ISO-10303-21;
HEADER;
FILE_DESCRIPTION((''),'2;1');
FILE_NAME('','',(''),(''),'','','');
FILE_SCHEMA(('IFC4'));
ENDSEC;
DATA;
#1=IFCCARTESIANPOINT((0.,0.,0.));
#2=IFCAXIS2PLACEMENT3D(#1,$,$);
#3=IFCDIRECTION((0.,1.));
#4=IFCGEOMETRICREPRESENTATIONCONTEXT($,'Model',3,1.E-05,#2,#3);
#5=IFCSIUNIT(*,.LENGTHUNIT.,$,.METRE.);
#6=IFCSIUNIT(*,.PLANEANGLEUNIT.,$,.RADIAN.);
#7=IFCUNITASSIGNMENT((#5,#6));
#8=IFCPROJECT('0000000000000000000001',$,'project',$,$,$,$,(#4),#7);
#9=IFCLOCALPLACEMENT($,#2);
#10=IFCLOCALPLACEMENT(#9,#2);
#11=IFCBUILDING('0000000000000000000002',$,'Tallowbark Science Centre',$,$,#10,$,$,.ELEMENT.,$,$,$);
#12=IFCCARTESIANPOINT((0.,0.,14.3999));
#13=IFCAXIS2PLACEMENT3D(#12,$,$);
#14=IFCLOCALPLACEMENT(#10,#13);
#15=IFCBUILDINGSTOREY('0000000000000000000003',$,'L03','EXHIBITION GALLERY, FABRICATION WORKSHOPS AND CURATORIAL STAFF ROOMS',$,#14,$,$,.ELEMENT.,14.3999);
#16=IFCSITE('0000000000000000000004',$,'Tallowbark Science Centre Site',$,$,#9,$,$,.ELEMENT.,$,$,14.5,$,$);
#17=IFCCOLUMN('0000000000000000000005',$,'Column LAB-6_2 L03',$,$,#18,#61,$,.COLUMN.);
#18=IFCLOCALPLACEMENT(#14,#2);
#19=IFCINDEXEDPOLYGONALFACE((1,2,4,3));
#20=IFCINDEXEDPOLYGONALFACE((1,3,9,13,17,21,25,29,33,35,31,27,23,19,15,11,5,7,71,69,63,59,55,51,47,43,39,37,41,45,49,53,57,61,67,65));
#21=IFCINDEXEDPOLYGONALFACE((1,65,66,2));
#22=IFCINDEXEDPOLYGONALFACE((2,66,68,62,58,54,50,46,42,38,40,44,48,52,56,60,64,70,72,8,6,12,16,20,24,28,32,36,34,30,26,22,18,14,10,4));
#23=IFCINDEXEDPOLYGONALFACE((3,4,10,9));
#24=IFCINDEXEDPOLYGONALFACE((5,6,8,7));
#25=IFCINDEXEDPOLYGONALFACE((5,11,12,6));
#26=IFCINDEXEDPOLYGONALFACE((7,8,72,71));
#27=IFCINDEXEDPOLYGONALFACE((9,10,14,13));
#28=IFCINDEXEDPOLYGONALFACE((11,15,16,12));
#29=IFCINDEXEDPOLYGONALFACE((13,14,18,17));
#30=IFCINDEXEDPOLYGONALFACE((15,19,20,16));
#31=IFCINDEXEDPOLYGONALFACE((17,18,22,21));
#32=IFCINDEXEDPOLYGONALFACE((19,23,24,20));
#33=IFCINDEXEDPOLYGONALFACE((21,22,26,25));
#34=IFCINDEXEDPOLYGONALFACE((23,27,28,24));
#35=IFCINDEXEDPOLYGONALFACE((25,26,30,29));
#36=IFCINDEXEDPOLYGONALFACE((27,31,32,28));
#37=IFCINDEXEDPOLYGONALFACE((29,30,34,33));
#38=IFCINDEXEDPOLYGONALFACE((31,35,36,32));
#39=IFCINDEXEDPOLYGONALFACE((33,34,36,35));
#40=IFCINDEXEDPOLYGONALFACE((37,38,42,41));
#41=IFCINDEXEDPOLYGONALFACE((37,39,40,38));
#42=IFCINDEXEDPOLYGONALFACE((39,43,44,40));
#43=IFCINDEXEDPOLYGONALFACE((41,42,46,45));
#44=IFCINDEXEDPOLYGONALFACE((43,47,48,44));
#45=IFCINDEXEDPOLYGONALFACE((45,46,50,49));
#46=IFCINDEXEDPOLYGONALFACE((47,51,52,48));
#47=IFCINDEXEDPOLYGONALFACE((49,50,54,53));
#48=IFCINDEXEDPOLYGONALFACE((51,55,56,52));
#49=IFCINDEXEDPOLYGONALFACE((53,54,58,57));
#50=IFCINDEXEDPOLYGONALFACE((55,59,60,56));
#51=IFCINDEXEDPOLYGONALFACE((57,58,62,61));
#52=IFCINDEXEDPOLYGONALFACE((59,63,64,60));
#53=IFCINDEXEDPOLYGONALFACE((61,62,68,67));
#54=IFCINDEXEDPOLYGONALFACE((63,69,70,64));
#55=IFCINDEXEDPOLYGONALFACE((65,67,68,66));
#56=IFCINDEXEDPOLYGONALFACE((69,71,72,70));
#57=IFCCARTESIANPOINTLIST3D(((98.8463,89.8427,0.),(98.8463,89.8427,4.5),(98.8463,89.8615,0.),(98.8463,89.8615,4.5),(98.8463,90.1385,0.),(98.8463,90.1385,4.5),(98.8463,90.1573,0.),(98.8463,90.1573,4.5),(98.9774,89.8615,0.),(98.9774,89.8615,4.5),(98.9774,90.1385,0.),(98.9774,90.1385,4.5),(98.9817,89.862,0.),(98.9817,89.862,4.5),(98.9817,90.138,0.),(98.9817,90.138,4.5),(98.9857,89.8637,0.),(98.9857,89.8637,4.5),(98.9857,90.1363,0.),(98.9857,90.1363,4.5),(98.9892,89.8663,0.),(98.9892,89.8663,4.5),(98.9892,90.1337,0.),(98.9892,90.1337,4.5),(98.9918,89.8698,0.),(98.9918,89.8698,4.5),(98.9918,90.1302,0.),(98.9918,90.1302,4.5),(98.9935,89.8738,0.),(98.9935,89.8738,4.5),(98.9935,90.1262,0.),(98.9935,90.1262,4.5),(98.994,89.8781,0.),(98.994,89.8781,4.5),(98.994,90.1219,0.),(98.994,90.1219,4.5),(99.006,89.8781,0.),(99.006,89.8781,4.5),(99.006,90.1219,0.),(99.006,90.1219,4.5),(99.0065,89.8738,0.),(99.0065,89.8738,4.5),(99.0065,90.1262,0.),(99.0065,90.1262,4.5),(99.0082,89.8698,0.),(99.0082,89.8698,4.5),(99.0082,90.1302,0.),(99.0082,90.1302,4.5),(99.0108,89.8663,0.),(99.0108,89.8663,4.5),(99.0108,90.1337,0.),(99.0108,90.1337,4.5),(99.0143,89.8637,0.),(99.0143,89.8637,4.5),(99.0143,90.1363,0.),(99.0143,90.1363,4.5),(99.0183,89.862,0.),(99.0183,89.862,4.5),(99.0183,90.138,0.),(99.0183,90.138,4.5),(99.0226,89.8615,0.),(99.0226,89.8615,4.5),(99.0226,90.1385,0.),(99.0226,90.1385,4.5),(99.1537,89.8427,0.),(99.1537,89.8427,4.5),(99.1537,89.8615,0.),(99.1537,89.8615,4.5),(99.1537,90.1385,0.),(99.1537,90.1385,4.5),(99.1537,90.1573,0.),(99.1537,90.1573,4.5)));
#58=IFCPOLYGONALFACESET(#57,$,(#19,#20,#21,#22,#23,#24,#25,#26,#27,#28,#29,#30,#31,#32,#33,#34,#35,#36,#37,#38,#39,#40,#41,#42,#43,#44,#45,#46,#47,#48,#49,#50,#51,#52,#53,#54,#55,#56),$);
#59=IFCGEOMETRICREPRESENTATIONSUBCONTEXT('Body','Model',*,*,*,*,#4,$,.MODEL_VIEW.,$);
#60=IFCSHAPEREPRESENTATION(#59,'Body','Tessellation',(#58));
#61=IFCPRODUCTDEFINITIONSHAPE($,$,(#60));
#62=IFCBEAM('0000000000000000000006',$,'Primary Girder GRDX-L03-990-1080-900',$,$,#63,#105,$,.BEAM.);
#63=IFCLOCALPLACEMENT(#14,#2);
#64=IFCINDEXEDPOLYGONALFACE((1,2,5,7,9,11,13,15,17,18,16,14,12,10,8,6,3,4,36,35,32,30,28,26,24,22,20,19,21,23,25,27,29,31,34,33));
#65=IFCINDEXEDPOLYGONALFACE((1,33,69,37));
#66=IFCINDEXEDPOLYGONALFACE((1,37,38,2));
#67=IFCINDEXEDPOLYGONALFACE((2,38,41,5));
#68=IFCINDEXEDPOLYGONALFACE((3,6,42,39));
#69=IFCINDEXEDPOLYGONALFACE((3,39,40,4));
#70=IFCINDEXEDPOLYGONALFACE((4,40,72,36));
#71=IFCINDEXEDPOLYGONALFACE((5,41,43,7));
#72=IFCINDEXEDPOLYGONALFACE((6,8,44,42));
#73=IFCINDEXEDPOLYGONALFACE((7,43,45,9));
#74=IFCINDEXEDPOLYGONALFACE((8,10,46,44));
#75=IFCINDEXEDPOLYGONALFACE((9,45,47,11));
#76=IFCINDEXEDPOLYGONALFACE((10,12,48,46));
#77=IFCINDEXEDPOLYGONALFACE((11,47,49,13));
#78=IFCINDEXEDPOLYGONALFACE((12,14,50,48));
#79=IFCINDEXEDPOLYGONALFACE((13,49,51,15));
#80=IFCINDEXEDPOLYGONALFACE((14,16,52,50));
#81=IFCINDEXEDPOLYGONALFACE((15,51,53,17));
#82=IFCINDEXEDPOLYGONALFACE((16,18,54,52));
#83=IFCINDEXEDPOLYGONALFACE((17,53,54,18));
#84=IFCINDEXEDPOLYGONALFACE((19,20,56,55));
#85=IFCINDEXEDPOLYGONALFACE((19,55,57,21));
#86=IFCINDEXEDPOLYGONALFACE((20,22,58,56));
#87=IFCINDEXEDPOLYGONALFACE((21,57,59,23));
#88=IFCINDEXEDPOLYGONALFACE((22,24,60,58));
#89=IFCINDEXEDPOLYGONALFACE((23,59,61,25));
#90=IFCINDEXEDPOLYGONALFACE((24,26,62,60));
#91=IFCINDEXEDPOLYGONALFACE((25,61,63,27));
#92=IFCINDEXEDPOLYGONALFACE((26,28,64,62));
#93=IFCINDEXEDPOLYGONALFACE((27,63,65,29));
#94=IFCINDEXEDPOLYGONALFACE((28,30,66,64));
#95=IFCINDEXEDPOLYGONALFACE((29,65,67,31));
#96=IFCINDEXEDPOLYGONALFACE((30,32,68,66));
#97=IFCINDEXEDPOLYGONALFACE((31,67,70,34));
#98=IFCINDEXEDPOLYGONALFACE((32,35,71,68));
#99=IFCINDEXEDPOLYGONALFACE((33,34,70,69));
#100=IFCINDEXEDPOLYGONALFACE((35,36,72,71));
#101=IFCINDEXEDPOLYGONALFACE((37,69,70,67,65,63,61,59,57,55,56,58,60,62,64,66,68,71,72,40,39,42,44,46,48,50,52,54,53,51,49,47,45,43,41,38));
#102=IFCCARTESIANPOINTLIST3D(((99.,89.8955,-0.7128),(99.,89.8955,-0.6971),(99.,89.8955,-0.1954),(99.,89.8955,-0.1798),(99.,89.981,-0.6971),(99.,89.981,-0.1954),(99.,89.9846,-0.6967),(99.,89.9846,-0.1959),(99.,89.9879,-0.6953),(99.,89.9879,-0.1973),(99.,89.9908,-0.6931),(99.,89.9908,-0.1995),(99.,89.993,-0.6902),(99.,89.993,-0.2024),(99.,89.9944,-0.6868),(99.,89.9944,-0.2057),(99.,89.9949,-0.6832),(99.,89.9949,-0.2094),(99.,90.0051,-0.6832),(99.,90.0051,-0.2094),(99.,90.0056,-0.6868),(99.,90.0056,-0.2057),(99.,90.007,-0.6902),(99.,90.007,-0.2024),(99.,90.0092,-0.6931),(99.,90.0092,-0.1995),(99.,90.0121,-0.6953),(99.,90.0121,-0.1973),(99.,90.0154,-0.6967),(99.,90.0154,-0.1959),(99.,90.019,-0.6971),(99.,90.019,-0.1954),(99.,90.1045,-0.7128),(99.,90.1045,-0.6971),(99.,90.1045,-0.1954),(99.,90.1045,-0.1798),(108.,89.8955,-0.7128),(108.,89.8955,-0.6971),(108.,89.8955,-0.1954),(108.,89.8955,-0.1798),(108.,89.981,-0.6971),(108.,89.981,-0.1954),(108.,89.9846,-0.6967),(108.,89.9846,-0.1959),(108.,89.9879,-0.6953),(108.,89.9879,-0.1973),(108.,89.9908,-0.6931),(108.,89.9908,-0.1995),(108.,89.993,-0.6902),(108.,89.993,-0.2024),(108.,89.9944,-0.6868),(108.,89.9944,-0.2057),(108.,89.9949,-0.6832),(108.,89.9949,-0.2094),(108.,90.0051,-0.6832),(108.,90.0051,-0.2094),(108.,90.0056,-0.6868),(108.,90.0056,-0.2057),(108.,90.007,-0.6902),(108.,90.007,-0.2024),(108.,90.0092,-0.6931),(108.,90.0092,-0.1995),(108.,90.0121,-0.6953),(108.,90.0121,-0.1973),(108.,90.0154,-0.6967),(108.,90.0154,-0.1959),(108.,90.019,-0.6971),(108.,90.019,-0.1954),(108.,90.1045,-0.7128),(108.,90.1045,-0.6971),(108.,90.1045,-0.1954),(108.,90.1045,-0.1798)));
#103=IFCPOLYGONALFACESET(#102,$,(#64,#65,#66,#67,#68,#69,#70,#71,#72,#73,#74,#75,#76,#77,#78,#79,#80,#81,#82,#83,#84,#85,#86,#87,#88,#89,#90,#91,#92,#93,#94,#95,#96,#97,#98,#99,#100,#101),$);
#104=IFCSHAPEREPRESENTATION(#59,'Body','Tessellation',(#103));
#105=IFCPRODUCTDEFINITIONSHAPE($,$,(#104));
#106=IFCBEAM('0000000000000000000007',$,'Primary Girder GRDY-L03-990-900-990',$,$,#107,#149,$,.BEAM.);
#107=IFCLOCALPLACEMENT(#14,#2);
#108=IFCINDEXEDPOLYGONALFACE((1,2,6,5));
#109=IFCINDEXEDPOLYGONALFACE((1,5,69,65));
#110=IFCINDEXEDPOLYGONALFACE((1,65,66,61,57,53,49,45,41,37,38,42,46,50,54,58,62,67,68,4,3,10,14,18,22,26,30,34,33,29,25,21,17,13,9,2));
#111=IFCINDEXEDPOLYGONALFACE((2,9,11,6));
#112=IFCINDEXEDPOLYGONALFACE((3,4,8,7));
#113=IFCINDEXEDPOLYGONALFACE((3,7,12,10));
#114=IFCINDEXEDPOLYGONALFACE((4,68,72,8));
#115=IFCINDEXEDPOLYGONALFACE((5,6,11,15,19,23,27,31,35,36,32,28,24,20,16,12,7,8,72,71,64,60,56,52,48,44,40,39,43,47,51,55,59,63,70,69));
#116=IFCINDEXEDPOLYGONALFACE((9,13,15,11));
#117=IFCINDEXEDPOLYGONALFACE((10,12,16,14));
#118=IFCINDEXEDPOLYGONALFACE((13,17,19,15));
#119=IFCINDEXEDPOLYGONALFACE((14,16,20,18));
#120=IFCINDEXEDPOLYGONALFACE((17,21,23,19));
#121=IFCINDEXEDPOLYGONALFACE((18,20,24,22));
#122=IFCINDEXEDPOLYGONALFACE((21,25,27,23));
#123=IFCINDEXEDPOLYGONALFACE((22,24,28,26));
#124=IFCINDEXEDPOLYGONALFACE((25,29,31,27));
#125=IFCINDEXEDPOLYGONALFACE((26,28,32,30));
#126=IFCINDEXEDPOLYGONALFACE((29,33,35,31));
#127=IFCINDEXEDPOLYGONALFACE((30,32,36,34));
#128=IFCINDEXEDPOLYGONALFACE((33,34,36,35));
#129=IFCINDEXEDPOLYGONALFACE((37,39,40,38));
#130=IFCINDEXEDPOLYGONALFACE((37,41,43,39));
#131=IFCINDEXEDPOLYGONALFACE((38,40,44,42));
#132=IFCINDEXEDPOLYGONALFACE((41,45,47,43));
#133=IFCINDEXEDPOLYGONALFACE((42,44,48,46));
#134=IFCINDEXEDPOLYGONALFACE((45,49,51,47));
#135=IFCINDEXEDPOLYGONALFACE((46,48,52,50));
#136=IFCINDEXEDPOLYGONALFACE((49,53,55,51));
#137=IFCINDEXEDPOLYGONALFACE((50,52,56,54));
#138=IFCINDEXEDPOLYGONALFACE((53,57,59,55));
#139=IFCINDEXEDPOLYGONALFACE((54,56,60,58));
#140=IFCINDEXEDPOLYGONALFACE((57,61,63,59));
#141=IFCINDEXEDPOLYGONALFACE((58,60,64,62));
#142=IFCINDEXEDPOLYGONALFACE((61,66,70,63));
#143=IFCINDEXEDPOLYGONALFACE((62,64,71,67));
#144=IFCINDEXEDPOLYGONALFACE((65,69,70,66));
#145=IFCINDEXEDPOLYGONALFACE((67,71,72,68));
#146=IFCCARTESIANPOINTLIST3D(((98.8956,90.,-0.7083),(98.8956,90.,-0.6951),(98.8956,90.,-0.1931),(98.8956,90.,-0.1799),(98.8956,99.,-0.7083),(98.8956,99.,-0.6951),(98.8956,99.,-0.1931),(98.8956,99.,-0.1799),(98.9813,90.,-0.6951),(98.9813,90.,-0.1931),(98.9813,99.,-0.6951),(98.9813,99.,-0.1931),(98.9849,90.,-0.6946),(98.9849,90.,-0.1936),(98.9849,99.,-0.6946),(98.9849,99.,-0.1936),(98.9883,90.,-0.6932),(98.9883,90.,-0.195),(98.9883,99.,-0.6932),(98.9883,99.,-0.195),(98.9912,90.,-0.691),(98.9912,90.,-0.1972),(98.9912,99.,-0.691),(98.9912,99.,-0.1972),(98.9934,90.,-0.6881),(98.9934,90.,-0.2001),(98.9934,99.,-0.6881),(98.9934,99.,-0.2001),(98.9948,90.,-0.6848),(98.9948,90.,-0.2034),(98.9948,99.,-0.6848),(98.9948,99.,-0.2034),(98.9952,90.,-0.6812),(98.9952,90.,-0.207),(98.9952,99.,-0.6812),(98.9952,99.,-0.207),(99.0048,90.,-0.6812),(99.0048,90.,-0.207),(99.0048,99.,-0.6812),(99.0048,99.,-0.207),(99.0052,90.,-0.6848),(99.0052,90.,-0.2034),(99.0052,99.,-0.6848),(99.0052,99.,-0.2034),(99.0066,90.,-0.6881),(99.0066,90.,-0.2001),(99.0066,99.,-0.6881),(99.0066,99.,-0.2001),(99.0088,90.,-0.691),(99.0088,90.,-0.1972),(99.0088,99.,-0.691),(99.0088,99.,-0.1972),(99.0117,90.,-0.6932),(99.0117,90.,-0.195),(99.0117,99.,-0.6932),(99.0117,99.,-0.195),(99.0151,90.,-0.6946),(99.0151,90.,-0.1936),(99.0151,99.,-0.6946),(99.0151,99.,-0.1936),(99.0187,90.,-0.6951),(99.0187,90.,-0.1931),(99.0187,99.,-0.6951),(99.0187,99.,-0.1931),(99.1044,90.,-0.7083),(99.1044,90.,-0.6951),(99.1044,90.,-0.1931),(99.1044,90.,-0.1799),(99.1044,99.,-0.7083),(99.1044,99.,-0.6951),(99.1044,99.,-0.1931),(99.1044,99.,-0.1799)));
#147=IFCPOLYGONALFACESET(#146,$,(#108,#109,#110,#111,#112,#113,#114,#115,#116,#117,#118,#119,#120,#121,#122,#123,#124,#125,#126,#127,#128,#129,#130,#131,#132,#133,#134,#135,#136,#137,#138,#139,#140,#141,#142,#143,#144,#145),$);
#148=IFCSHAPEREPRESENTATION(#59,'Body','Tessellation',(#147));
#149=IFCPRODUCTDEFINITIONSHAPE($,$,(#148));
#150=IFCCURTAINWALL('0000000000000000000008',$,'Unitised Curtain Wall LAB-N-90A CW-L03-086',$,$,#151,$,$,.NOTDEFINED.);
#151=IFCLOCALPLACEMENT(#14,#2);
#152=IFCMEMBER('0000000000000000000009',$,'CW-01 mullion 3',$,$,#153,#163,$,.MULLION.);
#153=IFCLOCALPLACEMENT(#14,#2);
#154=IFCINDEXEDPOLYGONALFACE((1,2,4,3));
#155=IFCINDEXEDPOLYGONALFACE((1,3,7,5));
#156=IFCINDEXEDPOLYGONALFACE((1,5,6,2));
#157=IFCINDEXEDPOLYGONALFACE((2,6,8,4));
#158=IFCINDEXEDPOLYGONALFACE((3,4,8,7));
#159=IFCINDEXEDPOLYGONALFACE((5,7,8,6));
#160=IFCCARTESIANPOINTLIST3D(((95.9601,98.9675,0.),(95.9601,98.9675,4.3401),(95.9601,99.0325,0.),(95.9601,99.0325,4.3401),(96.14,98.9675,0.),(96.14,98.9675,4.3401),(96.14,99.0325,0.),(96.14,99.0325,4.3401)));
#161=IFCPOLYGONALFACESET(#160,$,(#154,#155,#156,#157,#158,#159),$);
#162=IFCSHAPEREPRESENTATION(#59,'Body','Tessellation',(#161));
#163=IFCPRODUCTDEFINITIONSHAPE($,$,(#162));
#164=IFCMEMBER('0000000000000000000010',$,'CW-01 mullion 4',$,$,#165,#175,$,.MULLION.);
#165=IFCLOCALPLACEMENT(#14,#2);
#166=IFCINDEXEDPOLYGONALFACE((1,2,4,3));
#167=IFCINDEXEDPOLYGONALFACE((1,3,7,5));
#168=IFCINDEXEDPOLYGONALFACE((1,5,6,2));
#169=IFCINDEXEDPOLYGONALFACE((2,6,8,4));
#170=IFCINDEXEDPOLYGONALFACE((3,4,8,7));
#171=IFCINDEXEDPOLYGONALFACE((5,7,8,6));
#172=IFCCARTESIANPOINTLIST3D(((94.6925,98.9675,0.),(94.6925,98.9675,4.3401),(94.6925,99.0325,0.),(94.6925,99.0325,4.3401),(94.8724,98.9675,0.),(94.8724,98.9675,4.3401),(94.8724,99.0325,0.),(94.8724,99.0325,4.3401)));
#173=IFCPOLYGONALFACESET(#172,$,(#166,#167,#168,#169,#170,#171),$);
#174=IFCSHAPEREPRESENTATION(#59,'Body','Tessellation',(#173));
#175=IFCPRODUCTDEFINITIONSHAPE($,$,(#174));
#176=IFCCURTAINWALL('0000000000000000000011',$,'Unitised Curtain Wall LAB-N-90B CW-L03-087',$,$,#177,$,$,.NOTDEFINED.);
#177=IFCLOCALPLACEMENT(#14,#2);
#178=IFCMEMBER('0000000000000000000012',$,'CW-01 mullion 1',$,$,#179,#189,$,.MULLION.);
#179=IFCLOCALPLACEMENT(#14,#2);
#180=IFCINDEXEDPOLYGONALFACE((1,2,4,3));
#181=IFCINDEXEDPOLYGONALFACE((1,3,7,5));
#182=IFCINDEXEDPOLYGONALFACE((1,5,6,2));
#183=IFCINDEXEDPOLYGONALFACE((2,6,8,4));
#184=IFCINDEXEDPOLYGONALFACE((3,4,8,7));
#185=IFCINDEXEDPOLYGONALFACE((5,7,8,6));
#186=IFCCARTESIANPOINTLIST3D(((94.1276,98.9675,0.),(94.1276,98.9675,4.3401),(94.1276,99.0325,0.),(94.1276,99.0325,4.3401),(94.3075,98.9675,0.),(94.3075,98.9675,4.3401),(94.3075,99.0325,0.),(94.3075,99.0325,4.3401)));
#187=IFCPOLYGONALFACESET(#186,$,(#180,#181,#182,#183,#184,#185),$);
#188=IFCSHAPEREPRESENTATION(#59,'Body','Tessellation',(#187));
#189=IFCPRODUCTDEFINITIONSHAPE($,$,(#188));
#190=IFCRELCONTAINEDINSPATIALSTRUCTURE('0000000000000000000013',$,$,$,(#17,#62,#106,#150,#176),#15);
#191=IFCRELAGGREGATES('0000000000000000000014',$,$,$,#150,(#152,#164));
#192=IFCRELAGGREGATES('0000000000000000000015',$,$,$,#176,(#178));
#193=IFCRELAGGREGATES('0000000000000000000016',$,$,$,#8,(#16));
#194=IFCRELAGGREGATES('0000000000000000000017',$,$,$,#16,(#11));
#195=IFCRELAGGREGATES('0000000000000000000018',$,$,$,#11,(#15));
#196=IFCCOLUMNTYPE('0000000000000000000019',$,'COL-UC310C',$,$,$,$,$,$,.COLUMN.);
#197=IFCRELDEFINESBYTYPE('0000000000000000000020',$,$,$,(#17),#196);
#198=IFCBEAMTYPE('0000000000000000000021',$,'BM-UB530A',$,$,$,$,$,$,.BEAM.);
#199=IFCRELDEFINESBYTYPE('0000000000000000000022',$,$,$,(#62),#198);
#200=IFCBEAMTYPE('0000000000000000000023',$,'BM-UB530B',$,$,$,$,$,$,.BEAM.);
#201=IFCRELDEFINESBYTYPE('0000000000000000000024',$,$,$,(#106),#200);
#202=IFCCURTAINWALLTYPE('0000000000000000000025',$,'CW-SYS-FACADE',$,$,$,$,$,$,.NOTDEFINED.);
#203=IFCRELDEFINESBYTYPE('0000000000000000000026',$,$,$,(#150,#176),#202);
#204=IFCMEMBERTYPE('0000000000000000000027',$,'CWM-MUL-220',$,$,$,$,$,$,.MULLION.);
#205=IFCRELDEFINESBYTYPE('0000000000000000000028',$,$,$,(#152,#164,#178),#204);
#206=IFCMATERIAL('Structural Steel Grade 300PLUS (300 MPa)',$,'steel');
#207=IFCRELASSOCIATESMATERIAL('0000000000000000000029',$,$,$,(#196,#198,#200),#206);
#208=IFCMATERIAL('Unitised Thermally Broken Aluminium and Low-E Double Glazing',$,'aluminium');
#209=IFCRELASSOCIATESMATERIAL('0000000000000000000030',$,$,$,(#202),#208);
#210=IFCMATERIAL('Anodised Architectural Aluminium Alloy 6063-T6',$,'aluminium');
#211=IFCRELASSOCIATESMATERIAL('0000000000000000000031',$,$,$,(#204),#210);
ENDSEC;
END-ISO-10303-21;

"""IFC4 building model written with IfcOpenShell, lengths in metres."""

from ifc_helpers import new_model, si_unit, direction, frame, origin, origin_2d, place, context, subcontext, project, spatial, rectangle, i_section, extrude, material, material_profile, profile_set, type_object, element, aggregate, save


model = new_model("IFC4")

# Units and contexts
model_context = context("Model", 3, precision=1e-05, world=origin(), true_north=direction((0.0, 1.0)))
body_context = subcontext(model_context, "Body", "Model", "MODEL_VIEW")
ifc_project = project(units=[si_unit("LENGTHUNIT", "METRE"), si_unit("PLANEANGLEUNIT", "RADIAN")], contexts=[model_context])

# Site, building, storey
site_placement = place(None, origin())
site = spatial("IfcSite", under=ifc_project, at=site_placement, Name="Tallowbark Science Centre Site", CompositionType="ELEMENT", RefElevation=14.5)
building_placement = place(site_placement, origin())
building = spatial("IfcBuilding", under=site, at=building_placement, Name="Tallowbark Science Centre", CompositionType="ELEMENT")
storey_placement = place(building_placement, frame((0.0, 0.0, 14.3999)))
storey = spatial("IfcBuildingStorey", under=building, at=storey_placement, Name="L03", Description="EXHIBITION GALLERY, FABRICATION WORKSHOPS AND CURATORIAL STAFF ROOMS", CompositionType="ELEMENT", Elevation=14.3999)

# Column
ifc_material_1 = material(Name="Structural Steel Grade 300PLUS (300 MPa)", Category="steel")
ifc_material_profile_1 = material_profile(ifc_material_1, i_section(OverallWidth=0.3074, OverallDepth=0.3147, WebThickness=0.012, FlangeThickness=0.0188, FilletRadius=0.0166, at=origin_2d()), Name="310UC118")
ifc_profile_set_1 = profile_set([ifc_material_profile_1], Name="Structural Steel Grade 300PLUS (300 MPa)")
column_type = type_object("IfcColumnType", Name="COL-UC310C", PredefinedType="COLUMN", material=ifc_profile_set_1)
column_placement = place(storey_placement, frame((99.0, 90.0, 0.0), z_axis=(0.0, 0.0, 1.0), x_axis=(1.0, 0.0, 0.0)))
element("IfcColumn", 1, at=column_placement, inside=storey, type_object=column_type, Name="Column LAB-6_2 L03", PredefinedType="COLUMN", context=body_context, shape_type="SweptSolid", body=[
    extrude(i_section(OverallWidth=0.3074, OverallDepth=0.3147, WebThickness=0.012, FlangeThickness=0.0188, FilletRadius=0.0166, at=origin_2d()), origin(), (0.0, 0.0, 1.0), 4.5),
])

# Beams
ifc_material_profile_2 = material_profile(ifc_material_1, i_section(OverallWidth=0.209, OverallDepth=0.533, WebThickness=0.0103, FlangeThickness=0.0156, FilletRadius=0.0139, at=origin_2d()), Name="530UB92.4")
ifc_profile_set_2 = profile_set([ifc_material_profile_2], Name="Structural Steel Grade 300PLUS (300 MPa)")
beam_type_1 = type_object("IfcBeamType", Name="BM-UB530A", PredefinedType="BEAM", material=ifc_profile_set_2)
beam_1_placement = place(storey_placement, frame((99.0, 90.0, -0.4463), z_axis=(1.0, 0.0, 0.0), x_axis=(0.0, 1.0, 0.0)))
element("IfcBeam", 2, at=beam_1_placement, inside=storey, type_object=beam_type_1, Name="Primary Girder GRDX-L03-990-1080-900", PredefinedType="BEAM", context=body_context, shape_type="SweptSolid", body=[
    extrude(i_section(OverallWidth=0.209, OverallDepth=0.533, WebThickness=0.0103, FlangeThickness=0.0156, FilletRadius=0.0139, at=origin_2d()), origin(), (0.0, 0.0, 1.0), 9.0),
])
ifc_material_profile_3 = material_profile(ifc_material_1, i_section(OverallWidth=0.2087, OverallDepth=0.5283, WebThickness=0.0095, FlangeThickness=0.0132, FilletRadius=0.0139, at=origin_2d()), Name="530UB82.0")
ifc_profile_set_3 = profile_set([ifc_material_profile_3], Name="Structural Steel Grade 300PLUS (300 MPa)")
beam_type_2 = type_object("IfcBeamType", Name="BM-UB530B", PredefinedType="BEAM", material=ifc_profile_set_3)
beam_2_placement = place(storey_placement, frame((99.0, 90.0, -0.4441), z_axis=(0.0, 1.0, 0.0), x_axis=(-1.0, 0.0, 0.0)))
element("IfcBeam", 3, at=beam_2_placement, inside=storey, type_object=beam_type_2, Name="Primary Girder GRDY-L03-990-900-990", PredefinedType="BEAM", context=body_context, shape_type="SweptSolid", body=[
    extrude(i_section(OverallWidth=0.2087, OverallDepth=0.5283, WebThickness=0.0095, FlangeThickness=0.0132, FilletRadius=0.0139, at=origin_2d()), origin(), (0.0, 0.0, 1.0), 9.0),
])

# Curtain wall, members
ifc_material_2 = material(Name="Unitised Thermally Broken Aluminium and Low-E Double Glazing", Category="aluminium")
curtain_wall_type = type_object("IfcCurtainWallType", Name="CW-SYS-FACADE", PredefinedType="NOTDEFINED", material=ifc_material_2)
curtain_wall_1_placement = place(storey_placement, origin())
curtain_wall_1 = element("IfcCurtainWall", 4, at=curtain_wall_1_placement, inside=storey, type_object=curtain_wall_type, Name="Unitised Curtain Wall LAB-N-90A CW-L03-086", PredefinedType="NOTDEFINED")
ifc_material_3 = material(Name="Anodised Architectural Aluminium Alloy 6063-T6", Category="aluminium")
ifc_material_profile_4 = material_profile(ifc_material_3, rectangle(XDim=0.0649, YDim=0.1799, at=origin_2d()), Name="ALU65x180")
ifc_profile_set_4 = profile_set([ifc_material_profile_4], Name="Anodised Architectural Aluminium Alloy 6063-T6")
member_type_1 = type_object("IfcMemberType", Name="CWM-MUL-220", PredefinedType="MULLION", material=ifc_profile_set_4)
member_1_placement = place(storey_placement, frame((96.05, 99.0, 0.0), z_axis=(0.0, 0.0, 1.0), x_axis=(0.0, -1.0, 0.0)))
member_1 = element("IfcMember", 5, at=member_1_placement, type_object=member_type_1, Name="CW-01 mullion 3", PredefinedType="MULLION", context=body_context, shape_type="SweptSolid", body=[
    extrude(rectangle(XDim=0.0649, YDim=0.1799, at=origin_2d()), origin(), (0.0, 0.0, 1.0), 4.3401),
])
member_2_placement = place(storey_placement, frame((94.7825, 99.0, 0.0), z_axis=(0.0, 0.0, 1.0), x_axis=(0.0, -1.0, 0.0)))
member_2 = element("IfcMember", 6, at=member_2_placement, type_object=member_type_1, Name="CW-01 mullion 4", PredefinedType="MULLION", context=body_context, shape_type="SweptSolid", body=[
    extrude(rectangle(XDim=0.0649, YDim=0.1799, at=origin_2d()), origin(), (0.0, 0.0, 1.0), 4.3401),
])

# Curtain wall, member
curtain_wall_2_placement = place(storey_placement, origin())
curtain_wall_2 = element("IfcCurtainWall", 7, at=curtain_wall_2_placement, inside=storey, type_object=curtain_wall_type, Name="Unitised Curtain Wall LAB-N-90B CW-L03-087", PredefinedType="NOTDEFINED")
member_3_placement = place(storey_placement, frame((94.2175, 99.0, 0.0), z_axis=(0.0, 0.0, 1.0), x_axis=(0.0, -1.0, 0.0)))
member_3 = element("IfcMember", 8, at=member_3_placement, type_object=member_type_1, Name="CW-01 mullion 1", PredefinedType="MULLION", context=body_context, shape_type="SweptSolid", body=[
    extrude(rectangle(XDim=0.0649, YDim=0.1799, at=origin_2d()), origin(), (0.0, 0.0, 1.0), 4.3401),
])

aggregate(curtain_wall_1, [member_1, member_2])
aggregate(curtain_wall_2, [member_3])

save(model, "model.ifc")
